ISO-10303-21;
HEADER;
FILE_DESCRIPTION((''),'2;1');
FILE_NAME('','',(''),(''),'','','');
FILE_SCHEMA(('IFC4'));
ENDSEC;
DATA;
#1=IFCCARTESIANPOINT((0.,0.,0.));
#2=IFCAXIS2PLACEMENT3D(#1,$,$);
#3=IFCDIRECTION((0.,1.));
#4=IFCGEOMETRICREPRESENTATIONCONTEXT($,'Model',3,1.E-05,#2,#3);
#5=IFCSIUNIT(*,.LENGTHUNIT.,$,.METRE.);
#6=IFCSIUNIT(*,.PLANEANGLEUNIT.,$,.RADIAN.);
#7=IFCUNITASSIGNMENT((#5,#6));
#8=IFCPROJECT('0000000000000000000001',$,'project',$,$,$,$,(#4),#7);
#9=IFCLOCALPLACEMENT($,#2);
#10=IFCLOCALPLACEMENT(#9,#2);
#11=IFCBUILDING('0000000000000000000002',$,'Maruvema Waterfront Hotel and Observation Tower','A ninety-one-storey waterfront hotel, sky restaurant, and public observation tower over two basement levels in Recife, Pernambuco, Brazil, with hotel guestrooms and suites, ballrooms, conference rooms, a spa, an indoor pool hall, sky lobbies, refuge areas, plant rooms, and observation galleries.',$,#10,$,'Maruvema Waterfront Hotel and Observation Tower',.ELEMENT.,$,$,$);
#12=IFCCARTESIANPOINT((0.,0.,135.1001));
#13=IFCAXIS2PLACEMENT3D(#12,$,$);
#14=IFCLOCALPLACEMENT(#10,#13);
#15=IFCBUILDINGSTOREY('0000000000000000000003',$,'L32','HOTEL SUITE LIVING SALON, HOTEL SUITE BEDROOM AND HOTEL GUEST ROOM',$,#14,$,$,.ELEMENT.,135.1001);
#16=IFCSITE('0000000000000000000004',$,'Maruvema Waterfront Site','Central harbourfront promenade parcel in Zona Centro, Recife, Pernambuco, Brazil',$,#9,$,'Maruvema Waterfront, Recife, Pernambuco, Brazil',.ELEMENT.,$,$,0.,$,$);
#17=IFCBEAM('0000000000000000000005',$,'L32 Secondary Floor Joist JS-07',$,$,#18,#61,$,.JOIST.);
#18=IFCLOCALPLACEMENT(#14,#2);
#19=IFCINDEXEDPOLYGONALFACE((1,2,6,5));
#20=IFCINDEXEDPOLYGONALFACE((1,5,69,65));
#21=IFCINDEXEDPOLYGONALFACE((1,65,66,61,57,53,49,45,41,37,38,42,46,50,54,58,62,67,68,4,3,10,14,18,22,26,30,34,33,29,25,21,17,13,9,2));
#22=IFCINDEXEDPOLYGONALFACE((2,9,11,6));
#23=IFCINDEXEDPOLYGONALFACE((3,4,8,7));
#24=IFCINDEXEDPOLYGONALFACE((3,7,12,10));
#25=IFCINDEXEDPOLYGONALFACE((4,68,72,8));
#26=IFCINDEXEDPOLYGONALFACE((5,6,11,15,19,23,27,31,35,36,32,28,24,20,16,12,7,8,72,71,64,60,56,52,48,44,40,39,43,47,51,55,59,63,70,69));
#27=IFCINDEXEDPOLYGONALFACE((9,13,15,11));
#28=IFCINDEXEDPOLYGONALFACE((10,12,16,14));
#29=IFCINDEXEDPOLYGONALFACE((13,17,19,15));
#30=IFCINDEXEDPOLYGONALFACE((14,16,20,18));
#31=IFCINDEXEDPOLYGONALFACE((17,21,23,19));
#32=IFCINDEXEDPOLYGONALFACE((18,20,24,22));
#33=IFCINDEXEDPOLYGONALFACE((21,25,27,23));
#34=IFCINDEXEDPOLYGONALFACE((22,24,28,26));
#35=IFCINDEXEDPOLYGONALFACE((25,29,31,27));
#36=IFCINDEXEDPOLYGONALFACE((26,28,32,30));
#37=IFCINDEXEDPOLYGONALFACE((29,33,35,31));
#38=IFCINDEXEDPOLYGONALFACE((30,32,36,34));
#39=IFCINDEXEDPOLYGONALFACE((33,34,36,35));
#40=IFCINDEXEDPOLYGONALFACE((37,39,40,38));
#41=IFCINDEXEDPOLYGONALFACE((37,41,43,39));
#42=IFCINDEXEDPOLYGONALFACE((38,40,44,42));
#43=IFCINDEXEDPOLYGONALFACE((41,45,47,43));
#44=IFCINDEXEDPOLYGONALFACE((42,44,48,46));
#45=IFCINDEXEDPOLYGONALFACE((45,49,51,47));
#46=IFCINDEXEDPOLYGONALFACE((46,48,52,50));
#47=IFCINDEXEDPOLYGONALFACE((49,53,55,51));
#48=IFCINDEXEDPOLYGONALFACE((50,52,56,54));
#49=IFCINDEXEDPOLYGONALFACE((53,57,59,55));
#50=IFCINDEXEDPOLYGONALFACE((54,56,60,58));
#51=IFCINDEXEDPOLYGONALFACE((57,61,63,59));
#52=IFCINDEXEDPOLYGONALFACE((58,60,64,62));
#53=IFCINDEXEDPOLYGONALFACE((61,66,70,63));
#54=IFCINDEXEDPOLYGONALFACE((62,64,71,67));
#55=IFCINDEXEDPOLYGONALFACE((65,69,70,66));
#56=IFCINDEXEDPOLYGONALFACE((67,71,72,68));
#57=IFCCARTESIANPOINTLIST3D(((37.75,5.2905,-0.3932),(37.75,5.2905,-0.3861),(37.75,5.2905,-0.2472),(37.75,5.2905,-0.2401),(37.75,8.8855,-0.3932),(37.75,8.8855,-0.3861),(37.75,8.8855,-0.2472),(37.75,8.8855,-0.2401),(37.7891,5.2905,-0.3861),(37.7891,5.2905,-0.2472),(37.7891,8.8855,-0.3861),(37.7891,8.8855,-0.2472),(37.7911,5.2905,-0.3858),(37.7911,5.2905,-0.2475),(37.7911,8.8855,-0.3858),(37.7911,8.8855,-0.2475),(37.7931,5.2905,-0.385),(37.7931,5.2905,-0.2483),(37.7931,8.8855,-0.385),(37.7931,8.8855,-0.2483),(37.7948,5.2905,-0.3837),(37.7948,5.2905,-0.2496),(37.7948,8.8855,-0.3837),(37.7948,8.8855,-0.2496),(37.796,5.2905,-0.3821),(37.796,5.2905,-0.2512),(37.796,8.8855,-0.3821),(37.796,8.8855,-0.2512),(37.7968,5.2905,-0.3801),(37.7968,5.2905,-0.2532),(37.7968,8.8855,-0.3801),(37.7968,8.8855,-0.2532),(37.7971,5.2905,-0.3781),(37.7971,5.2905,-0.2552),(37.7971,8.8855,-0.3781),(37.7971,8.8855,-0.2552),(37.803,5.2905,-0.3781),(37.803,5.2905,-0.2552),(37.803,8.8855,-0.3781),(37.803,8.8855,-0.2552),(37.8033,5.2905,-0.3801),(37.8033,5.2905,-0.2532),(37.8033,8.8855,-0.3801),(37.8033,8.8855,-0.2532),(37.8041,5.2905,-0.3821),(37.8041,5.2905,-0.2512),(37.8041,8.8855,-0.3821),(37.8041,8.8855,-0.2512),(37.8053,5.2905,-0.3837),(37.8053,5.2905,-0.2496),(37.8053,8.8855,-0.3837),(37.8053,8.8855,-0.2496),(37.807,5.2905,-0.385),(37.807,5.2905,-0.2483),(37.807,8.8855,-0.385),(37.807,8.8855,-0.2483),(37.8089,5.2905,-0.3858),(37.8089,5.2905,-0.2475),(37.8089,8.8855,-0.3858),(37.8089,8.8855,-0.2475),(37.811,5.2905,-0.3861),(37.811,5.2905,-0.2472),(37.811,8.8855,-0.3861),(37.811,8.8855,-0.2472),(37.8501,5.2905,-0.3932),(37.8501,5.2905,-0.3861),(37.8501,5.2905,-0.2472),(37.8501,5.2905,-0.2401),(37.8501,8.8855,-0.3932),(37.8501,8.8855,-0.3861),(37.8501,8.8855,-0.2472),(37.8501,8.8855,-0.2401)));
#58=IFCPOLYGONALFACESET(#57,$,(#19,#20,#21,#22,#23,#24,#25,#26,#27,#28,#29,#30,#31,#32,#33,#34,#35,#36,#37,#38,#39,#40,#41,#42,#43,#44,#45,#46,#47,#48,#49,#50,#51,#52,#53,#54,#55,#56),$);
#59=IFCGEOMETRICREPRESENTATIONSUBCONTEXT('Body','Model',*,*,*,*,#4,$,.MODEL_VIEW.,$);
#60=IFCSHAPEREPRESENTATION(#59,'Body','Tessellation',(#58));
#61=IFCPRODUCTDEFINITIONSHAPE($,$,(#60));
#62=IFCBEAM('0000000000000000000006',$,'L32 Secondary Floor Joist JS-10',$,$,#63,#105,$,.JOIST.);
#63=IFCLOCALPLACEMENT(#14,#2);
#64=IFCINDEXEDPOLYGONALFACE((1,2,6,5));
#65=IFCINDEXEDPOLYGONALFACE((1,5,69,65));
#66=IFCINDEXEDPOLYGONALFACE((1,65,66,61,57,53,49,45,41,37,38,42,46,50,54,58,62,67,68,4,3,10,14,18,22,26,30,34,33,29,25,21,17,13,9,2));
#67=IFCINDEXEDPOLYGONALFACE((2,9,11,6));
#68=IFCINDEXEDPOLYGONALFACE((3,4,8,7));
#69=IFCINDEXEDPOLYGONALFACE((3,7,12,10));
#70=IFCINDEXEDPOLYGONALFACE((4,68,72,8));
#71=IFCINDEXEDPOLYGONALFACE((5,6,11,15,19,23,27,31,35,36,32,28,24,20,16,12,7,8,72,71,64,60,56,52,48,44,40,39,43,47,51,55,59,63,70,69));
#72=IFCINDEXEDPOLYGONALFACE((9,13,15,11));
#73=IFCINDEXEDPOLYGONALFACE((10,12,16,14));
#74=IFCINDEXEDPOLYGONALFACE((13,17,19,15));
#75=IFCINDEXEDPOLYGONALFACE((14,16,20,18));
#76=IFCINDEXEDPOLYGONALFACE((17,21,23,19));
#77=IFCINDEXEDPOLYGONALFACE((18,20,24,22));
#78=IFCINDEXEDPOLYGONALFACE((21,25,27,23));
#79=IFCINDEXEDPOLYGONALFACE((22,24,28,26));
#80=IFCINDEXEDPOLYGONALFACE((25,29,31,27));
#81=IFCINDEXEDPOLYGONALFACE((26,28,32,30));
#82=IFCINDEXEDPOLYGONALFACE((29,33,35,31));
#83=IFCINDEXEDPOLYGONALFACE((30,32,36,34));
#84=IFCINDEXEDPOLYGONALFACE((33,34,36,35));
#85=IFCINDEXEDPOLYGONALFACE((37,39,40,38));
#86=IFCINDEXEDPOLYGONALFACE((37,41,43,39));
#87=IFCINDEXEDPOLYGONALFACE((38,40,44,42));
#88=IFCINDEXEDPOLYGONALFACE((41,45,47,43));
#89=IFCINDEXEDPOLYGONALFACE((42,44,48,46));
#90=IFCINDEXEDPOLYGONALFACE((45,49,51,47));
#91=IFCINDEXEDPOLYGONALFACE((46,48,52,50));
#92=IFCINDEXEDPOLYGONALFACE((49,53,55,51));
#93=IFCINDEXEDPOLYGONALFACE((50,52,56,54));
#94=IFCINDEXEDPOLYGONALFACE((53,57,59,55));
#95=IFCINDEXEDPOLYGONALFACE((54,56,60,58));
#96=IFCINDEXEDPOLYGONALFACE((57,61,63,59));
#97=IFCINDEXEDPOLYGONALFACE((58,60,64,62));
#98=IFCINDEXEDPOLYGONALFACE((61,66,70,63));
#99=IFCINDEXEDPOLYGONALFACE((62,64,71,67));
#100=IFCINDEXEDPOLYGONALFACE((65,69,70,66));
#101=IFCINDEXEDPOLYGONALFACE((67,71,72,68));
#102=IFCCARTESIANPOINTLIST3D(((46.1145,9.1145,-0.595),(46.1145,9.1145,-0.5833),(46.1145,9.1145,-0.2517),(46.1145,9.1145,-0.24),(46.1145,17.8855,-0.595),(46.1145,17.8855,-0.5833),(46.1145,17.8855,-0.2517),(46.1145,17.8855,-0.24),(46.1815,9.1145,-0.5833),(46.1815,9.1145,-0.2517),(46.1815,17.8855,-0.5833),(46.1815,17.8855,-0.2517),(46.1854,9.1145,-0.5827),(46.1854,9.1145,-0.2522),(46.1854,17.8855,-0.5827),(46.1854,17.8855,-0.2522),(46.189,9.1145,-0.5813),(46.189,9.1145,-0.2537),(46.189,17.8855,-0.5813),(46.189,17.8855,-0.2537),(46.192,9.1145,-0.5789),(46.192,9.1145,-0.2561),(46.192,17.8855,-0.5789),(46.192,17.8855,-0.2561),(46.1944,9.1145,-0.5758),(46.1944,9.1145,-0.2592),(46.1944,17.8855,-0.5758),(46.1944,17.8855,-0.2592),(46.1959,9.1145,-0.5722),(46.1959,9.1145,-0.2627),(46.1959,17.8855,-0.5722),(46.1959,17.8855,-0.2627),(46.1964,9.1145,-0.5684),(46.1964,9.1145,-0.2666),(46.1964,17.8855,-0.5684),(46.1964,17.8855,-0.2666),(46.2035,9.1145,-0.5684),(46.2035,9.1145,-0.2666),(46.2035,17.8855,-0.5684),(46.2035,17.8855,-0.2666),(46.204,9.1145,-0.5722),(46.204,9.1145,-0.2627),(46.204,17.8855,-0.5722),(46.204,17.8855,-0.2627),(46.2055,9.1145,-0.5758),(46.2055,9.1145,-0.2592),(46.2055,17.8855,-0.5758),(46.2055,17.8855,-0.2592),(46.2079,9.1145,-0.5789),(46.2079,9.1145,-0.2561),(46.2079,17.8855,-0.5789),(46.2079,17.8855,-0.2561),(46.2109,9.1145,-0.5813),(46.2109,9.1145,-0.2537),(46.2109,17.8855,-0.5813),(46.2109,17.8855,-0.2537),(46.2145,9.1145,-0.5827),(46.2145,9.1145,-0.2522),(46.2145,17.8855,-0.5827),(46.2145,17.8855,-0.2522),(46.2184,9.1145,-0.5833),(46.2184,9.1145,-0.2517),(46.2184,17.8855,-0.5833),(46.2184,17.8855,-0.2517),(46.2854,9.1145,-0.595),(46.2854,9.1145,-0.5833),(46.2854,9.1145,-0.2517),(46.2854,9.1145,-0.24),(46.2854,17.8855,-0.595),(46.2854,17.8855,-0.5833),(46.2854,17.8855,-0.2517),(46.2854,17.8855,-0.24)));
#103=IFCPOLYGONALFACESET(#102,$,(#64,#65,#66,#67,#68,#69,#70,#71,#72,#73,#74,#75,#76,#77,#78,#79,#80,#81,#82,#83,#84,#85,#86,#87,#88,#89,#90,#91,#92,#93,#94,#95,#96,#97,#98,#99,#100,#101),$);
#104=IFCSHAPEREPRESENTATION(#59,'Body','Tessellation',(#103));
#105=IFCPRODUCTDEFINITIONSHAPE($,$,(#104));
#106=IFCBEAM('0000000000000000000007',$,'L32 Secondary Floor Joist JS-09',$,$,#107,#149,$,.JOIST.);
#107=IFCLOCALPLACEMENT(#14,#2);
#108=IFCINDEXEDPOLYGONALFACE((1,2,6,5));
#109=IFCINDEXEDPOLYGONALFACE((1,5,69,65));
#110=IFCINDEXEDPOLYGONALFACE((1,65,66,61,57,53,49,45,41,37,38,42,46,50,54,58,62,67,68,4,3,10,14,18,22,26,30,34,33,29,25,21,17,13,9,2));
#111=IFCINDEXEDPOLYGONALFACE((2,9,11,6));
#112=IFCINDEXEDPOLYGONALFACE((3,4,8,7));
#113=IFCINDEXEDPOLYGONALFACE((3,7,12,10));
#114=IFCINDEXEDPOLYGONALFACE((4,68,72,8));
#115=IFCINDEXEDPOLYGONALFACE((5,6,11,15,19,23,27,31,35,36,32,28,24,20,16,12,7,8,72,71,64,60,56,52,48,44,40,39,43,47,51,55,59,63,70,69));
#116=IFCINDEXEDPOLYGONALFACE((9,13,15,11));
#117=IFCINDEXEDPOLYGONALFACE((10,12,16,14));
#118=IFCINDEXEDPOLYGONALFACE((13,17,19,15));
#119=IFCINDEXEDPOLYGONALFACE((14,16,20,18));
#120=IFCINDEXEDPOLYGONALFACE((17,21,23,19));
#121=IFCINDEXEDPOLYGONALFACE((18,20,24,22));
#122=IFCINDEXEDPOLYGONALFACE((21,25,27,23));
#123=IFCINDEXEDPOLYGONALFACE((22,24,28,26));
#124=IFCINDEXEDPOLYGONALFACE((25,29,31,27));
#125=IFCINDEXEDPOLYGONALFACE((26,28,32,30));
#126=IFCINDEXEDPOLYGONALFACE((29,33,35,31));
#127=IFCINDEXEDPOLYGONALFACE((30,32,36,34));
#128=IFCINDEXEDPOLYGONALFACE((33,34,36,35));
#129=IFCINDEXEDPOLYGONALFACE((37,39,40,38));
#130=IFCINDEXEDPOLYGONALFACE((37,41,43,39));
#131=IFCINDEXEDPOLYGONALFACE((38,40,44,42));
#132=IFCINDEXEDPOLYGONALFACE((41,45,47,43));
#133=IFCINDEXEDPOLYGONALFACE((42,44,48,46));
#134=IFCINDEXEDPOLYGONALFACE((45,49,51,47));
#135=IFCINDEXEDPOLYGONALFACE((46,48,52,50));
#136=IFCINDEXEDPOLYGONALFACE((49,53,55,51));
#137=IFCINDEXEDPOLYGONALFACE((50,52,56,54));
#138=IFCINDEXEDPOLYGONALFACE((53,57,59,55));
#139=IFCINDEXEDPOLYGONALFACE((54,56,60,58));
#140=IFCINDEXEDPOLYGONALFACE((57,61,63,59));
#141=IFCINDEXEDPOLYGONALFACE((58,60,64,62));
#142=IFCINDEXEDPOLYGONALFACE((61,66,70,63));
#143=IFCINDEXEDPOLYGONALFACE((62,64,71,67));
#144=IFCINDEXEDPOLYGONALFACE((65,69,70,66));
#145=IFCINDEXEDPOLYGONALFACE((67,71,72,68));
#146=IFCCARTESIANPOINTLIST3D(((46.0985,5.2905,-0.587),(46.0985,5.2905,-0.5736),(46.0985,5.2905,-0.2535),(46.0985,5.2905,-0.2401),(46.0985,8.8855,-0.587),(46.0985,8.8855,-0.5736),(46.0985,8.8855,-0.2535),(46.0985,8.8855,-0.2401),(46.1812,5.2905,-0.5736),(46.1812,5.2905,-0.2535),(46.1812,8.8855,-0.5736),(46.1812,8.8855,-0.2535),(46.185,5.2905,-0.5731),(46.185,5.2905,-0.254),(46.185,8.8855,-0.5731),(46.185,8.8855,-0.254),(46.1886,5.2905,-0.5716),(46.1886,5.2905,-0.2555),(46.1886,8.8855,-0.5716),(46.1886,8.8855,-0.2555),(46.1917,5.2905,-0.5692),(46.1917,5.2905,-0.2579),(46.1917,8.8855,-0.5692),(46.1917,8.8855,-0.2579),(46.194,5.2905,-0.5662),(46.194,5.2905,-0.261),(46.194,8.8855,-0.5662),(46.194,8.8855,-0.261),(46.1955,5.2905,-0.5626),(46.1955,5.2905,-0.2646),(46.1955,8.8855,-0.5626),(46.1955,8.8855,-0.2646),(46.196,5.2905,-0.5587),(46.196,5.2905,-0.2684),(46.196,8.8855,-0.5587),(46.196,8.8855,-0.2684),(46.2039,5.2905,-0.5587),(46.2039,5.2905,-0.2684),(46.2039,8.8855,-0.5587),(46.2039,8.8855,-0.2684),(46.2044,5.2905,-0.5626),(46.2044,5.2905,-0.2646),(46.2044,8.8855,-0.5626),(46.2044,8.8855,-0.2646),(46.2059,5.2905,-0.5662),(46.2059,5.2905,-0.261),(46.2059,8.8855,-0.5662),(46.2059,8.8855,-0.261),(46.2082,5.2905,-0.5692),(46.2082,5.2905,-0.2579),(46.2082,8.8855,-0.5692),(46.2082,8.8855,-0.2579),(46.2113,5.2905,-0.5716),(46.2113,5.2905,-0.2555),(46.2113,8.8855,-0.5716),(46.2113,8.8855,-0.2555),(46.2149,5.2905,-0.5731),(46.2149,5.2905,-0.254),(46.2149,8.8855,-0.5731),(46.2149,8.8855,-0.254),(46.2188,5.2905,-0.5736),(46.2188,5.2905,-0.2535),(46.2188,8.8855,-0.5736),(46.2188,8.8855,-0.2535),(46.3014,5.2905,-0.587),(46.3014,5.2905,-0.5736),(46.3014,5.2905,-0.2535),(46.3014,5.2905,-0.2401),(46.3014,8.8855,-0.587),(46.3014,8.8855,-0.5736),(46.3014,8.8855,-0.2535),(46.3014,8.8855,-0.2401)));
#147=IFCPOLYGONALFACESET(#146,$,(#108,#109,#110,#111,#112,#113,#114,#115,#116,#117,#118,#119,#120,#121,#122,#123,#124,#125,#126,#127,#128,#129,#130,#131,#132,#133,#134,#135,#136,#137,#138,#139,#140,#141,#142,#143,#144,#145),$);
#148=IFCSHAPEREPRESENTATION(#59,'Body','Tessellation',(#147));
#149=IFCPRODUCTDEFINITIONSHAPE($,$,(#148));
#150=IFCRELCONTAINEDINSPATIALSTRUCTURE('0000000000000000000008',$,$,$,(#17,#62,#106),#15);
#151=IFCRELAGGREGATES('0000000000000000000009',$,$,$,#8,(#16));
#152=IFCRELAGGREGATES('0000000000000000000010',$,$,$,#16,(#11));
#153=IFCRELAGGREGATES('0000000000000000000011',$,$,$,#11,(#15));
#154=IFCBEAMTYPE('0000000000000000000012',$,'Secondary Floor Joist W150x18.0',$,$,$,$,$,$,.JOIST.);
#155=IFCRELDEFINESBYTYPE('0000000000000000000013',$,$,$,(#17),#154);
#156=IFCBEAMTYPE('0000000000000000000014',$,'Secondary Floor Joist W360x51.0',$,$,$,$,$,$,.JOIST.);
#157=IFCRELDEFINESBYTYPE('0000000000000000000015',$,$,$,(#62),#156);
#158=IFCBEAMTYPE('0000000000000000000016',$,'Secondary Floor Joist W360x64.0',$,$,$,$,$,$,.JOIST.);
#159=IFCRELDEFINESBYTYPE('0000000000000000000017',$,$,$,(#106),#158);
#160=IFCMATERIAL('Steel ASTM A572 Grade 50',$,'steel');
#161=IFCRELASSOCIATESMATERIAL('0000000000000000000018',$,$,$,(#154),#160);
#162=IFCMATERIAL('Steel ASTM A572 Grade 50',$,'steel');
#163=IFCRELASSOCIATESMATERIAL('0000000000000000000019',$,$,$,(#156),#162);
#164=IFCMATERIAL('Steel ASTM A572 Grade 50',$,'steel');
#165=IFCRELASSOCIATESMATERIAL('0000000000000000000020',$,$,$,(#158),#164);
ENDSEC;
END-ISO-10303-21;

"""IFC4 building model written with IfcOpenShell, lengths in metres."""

from ifc_helpers import new_model, si_unit, direction, frame, origin, origin_2d, place, context, subcontext, project, spatial, i_section, extrude, material, material_profile, profile_set, type_object, element, save


model = new_model("IFC4")

# Units and contexts
model_context = context("Model", 3, precision=1e-05, world=origin(), true_north=direction((0.0, 1.0)))
body_context = subcontext(model_context, "Body", "Model", "MODEL_VIEW")
ifc_project = project(units=[si_unit("LENGTHUNIT", "METRE"), si_unit("PLANEANGLEUNIT", "RADIAN")], contexts=[model_context])

# Site, building, storey
site_placement = place(None, origin())
site = spatial("IfcSite", under=ifc_project, at=site_placement, Name="Maruvema Waterfront Site", Description="Central harbourfront promenade parcel in Zona Centro, Recife, Pernambuco, Brazil", LongName="Maruvema Waterfront, Recife, Pernambuco, Brazil", CompositionType="ELEMENT", RefElevation=0.0)
building_placement = place(site_placement, origin())
building = spatial("IfcBuilding", under=site, at=building_placement, Name="Maruvema Waterfront Hotel and Observation Tower", Description="A ninety-one-storey waterfront hotel, sky restaurant, and public observation tower over two basement levels in Recife, Pernambuco, Brazil, with hotel guestrooms and suites, ballrooms, conference rooms, a spa, an indoor pool hall, sky lobbies, refuge areas, plant rooms, and observation galleries.", LongName="Maruvema Waterfront Hotel and Observation Tower", CompositionType="ELEMENT")
storey_placement = place(building_placement, frame((0.0, 0.0, 135.1001)))
storey = spatial("IfcBuildingStorey", under=building, at=storey_placement, Name="L32", Description="HOTEL SUITE LIVING SALON, HOTEL SUITE BEDROOM AND HOTEL GUEST ROOM", CompositionType="ELEMENT", Elevation=135.1001)

# Beams
ifc_material_1 = material(Name="Steel ASTM A572 Grade 50", Category="steel")
ifc_material_profile_1 = material_profile(ifc_material_1, i_section(OverallWidth=0.1001, OverallDepth=0.1531, WebThickness=0.0059, FlangeThickness=0.0071, FilletRadius=0.0081, at=origin_2d()), Name="W150x18.0")
ifc_profile_set_1 = profile_set([ifc_material_profile_1], Name="Steel ASTM A572 Grade 50")
beam_type_1 = type_object("IfcBeamType", Name="Secondary Floor Joist W150x18.0", PredefinedType="JOIST", material=ifc_profile_set_1)
beam_1_placement = place(storey_placement, frame((37.8, 5.2905, -0.3167), z_axis=(0.0, 1.0, 0.0), x_axis=(-1.0, 0.0, 0.0)))
element("IfcBeam", 1, at=beam_1_placement, inside=storey, type_object=beam_type_1, Name="L32 Secondary Floor Joist JS-07", PredefinedType="JOIST", context=body_context, shape_type="SweptSolid", body=[
    extrude(i_section(OverallWidth=0.1001, OverallDepth=0.1531, WebThickness=0.0059, FlangeThickness=0.0071, FilletRadius=0.0081, at=origin_2d()), origin(), (0.0, 0.0, 1.0), 3.595),
])
ifc_material_2 = material(Name="Steel ASTM A572 Grade 50", Category="steel")
ifc_material_profile_2 = material_profile(ifc_material_2, i_section(OverallWidth=0.1709, OverallDepth=0.355, WebThickness=0.0071, FlangeThickness=0.0117, FilletRadius=0.0149, at=origin_2d()), Name="W360x51.0")
ifc_profile_set_2 = profile_set([ifc_material_profile_2], Name="Steel ASTM A572 Grade 50")
beam_type_2 = type_object("IfcBeamType", Name="Secondary Floor Joist W360x51.0", PredefinedType="JOIST", material=ifc_profile_set_2)
beam_2_placement = place(storey_placement, frame((46.2, 9.1145, -0.4175), z_axis=(0.0, 1.0, 0.0), x_axis=(-1.0, 0.0, 0.0)))
element("IfcBeam", 2, at=beam_2_placement, inside=storey, type_object=beam_type_2, Name="L32 Secondary Floor Joist JS-10", PredefinedType="JOIST", context=body_context, shape_type="SweptSolid", body=[
    extrude(i_section(OverallWidth=0.1709, OverallDepth=0.355, WebThickness=0.0071, FlangeThickness=0.0117, FilletRadius=0.0149, at=origin_2d()), origin(), (0.0, 0.0, 1.0), 8.771),
])
ifc_material_3 = material(Name="Steel ASTM A572 Grade 50", Category="steel")
ifc_material_profile_3 = material_profile(ifc_material_3, i_section(OverallWidth=0.2029, OverallDepth=0.3469, WebThickness=0.0078, FlangeThickness=0.0134, FilletRadius=0.0149, at=origin_2d()), Name="W360x64.0")
ifc_profile_set_3 = profile_set([ifc_material_profile_3], Name="Steel ASTM A572 Grade 50")
beam_type_3 = type_object("IfcBeamType", Name="Secondary Floor Joist W360x64.0", PredefinedType="JOIST", material=ifc_profile_set_3)
beam_3_placement = place(storey_placement, frame((46.2, 5.2905, -0.4136), z_axis=(0.0, 1.0, 0.0), x_axis=(-1.0, 0.0, 0.0)))
element("IfcBeam", 3, at=beam_3_placement, inside=storey, type_object=beam_type_3, Name="L32 Secondary Floor Joist JS-09", PredefinedType="JOIST", context=body_context, shape_type="SweptSolid", body=[
    extrude(i_section(OverallWidth=0.2029, OverallDepth=0.3469, WebThickness=0.0078, FlangeThickness=0.0134, FilletRadius=0.0149, at=origin_2d()), origin(), (0.0, 0.0, 1.0), 3.595),
])

save(model, "model.ifc")
